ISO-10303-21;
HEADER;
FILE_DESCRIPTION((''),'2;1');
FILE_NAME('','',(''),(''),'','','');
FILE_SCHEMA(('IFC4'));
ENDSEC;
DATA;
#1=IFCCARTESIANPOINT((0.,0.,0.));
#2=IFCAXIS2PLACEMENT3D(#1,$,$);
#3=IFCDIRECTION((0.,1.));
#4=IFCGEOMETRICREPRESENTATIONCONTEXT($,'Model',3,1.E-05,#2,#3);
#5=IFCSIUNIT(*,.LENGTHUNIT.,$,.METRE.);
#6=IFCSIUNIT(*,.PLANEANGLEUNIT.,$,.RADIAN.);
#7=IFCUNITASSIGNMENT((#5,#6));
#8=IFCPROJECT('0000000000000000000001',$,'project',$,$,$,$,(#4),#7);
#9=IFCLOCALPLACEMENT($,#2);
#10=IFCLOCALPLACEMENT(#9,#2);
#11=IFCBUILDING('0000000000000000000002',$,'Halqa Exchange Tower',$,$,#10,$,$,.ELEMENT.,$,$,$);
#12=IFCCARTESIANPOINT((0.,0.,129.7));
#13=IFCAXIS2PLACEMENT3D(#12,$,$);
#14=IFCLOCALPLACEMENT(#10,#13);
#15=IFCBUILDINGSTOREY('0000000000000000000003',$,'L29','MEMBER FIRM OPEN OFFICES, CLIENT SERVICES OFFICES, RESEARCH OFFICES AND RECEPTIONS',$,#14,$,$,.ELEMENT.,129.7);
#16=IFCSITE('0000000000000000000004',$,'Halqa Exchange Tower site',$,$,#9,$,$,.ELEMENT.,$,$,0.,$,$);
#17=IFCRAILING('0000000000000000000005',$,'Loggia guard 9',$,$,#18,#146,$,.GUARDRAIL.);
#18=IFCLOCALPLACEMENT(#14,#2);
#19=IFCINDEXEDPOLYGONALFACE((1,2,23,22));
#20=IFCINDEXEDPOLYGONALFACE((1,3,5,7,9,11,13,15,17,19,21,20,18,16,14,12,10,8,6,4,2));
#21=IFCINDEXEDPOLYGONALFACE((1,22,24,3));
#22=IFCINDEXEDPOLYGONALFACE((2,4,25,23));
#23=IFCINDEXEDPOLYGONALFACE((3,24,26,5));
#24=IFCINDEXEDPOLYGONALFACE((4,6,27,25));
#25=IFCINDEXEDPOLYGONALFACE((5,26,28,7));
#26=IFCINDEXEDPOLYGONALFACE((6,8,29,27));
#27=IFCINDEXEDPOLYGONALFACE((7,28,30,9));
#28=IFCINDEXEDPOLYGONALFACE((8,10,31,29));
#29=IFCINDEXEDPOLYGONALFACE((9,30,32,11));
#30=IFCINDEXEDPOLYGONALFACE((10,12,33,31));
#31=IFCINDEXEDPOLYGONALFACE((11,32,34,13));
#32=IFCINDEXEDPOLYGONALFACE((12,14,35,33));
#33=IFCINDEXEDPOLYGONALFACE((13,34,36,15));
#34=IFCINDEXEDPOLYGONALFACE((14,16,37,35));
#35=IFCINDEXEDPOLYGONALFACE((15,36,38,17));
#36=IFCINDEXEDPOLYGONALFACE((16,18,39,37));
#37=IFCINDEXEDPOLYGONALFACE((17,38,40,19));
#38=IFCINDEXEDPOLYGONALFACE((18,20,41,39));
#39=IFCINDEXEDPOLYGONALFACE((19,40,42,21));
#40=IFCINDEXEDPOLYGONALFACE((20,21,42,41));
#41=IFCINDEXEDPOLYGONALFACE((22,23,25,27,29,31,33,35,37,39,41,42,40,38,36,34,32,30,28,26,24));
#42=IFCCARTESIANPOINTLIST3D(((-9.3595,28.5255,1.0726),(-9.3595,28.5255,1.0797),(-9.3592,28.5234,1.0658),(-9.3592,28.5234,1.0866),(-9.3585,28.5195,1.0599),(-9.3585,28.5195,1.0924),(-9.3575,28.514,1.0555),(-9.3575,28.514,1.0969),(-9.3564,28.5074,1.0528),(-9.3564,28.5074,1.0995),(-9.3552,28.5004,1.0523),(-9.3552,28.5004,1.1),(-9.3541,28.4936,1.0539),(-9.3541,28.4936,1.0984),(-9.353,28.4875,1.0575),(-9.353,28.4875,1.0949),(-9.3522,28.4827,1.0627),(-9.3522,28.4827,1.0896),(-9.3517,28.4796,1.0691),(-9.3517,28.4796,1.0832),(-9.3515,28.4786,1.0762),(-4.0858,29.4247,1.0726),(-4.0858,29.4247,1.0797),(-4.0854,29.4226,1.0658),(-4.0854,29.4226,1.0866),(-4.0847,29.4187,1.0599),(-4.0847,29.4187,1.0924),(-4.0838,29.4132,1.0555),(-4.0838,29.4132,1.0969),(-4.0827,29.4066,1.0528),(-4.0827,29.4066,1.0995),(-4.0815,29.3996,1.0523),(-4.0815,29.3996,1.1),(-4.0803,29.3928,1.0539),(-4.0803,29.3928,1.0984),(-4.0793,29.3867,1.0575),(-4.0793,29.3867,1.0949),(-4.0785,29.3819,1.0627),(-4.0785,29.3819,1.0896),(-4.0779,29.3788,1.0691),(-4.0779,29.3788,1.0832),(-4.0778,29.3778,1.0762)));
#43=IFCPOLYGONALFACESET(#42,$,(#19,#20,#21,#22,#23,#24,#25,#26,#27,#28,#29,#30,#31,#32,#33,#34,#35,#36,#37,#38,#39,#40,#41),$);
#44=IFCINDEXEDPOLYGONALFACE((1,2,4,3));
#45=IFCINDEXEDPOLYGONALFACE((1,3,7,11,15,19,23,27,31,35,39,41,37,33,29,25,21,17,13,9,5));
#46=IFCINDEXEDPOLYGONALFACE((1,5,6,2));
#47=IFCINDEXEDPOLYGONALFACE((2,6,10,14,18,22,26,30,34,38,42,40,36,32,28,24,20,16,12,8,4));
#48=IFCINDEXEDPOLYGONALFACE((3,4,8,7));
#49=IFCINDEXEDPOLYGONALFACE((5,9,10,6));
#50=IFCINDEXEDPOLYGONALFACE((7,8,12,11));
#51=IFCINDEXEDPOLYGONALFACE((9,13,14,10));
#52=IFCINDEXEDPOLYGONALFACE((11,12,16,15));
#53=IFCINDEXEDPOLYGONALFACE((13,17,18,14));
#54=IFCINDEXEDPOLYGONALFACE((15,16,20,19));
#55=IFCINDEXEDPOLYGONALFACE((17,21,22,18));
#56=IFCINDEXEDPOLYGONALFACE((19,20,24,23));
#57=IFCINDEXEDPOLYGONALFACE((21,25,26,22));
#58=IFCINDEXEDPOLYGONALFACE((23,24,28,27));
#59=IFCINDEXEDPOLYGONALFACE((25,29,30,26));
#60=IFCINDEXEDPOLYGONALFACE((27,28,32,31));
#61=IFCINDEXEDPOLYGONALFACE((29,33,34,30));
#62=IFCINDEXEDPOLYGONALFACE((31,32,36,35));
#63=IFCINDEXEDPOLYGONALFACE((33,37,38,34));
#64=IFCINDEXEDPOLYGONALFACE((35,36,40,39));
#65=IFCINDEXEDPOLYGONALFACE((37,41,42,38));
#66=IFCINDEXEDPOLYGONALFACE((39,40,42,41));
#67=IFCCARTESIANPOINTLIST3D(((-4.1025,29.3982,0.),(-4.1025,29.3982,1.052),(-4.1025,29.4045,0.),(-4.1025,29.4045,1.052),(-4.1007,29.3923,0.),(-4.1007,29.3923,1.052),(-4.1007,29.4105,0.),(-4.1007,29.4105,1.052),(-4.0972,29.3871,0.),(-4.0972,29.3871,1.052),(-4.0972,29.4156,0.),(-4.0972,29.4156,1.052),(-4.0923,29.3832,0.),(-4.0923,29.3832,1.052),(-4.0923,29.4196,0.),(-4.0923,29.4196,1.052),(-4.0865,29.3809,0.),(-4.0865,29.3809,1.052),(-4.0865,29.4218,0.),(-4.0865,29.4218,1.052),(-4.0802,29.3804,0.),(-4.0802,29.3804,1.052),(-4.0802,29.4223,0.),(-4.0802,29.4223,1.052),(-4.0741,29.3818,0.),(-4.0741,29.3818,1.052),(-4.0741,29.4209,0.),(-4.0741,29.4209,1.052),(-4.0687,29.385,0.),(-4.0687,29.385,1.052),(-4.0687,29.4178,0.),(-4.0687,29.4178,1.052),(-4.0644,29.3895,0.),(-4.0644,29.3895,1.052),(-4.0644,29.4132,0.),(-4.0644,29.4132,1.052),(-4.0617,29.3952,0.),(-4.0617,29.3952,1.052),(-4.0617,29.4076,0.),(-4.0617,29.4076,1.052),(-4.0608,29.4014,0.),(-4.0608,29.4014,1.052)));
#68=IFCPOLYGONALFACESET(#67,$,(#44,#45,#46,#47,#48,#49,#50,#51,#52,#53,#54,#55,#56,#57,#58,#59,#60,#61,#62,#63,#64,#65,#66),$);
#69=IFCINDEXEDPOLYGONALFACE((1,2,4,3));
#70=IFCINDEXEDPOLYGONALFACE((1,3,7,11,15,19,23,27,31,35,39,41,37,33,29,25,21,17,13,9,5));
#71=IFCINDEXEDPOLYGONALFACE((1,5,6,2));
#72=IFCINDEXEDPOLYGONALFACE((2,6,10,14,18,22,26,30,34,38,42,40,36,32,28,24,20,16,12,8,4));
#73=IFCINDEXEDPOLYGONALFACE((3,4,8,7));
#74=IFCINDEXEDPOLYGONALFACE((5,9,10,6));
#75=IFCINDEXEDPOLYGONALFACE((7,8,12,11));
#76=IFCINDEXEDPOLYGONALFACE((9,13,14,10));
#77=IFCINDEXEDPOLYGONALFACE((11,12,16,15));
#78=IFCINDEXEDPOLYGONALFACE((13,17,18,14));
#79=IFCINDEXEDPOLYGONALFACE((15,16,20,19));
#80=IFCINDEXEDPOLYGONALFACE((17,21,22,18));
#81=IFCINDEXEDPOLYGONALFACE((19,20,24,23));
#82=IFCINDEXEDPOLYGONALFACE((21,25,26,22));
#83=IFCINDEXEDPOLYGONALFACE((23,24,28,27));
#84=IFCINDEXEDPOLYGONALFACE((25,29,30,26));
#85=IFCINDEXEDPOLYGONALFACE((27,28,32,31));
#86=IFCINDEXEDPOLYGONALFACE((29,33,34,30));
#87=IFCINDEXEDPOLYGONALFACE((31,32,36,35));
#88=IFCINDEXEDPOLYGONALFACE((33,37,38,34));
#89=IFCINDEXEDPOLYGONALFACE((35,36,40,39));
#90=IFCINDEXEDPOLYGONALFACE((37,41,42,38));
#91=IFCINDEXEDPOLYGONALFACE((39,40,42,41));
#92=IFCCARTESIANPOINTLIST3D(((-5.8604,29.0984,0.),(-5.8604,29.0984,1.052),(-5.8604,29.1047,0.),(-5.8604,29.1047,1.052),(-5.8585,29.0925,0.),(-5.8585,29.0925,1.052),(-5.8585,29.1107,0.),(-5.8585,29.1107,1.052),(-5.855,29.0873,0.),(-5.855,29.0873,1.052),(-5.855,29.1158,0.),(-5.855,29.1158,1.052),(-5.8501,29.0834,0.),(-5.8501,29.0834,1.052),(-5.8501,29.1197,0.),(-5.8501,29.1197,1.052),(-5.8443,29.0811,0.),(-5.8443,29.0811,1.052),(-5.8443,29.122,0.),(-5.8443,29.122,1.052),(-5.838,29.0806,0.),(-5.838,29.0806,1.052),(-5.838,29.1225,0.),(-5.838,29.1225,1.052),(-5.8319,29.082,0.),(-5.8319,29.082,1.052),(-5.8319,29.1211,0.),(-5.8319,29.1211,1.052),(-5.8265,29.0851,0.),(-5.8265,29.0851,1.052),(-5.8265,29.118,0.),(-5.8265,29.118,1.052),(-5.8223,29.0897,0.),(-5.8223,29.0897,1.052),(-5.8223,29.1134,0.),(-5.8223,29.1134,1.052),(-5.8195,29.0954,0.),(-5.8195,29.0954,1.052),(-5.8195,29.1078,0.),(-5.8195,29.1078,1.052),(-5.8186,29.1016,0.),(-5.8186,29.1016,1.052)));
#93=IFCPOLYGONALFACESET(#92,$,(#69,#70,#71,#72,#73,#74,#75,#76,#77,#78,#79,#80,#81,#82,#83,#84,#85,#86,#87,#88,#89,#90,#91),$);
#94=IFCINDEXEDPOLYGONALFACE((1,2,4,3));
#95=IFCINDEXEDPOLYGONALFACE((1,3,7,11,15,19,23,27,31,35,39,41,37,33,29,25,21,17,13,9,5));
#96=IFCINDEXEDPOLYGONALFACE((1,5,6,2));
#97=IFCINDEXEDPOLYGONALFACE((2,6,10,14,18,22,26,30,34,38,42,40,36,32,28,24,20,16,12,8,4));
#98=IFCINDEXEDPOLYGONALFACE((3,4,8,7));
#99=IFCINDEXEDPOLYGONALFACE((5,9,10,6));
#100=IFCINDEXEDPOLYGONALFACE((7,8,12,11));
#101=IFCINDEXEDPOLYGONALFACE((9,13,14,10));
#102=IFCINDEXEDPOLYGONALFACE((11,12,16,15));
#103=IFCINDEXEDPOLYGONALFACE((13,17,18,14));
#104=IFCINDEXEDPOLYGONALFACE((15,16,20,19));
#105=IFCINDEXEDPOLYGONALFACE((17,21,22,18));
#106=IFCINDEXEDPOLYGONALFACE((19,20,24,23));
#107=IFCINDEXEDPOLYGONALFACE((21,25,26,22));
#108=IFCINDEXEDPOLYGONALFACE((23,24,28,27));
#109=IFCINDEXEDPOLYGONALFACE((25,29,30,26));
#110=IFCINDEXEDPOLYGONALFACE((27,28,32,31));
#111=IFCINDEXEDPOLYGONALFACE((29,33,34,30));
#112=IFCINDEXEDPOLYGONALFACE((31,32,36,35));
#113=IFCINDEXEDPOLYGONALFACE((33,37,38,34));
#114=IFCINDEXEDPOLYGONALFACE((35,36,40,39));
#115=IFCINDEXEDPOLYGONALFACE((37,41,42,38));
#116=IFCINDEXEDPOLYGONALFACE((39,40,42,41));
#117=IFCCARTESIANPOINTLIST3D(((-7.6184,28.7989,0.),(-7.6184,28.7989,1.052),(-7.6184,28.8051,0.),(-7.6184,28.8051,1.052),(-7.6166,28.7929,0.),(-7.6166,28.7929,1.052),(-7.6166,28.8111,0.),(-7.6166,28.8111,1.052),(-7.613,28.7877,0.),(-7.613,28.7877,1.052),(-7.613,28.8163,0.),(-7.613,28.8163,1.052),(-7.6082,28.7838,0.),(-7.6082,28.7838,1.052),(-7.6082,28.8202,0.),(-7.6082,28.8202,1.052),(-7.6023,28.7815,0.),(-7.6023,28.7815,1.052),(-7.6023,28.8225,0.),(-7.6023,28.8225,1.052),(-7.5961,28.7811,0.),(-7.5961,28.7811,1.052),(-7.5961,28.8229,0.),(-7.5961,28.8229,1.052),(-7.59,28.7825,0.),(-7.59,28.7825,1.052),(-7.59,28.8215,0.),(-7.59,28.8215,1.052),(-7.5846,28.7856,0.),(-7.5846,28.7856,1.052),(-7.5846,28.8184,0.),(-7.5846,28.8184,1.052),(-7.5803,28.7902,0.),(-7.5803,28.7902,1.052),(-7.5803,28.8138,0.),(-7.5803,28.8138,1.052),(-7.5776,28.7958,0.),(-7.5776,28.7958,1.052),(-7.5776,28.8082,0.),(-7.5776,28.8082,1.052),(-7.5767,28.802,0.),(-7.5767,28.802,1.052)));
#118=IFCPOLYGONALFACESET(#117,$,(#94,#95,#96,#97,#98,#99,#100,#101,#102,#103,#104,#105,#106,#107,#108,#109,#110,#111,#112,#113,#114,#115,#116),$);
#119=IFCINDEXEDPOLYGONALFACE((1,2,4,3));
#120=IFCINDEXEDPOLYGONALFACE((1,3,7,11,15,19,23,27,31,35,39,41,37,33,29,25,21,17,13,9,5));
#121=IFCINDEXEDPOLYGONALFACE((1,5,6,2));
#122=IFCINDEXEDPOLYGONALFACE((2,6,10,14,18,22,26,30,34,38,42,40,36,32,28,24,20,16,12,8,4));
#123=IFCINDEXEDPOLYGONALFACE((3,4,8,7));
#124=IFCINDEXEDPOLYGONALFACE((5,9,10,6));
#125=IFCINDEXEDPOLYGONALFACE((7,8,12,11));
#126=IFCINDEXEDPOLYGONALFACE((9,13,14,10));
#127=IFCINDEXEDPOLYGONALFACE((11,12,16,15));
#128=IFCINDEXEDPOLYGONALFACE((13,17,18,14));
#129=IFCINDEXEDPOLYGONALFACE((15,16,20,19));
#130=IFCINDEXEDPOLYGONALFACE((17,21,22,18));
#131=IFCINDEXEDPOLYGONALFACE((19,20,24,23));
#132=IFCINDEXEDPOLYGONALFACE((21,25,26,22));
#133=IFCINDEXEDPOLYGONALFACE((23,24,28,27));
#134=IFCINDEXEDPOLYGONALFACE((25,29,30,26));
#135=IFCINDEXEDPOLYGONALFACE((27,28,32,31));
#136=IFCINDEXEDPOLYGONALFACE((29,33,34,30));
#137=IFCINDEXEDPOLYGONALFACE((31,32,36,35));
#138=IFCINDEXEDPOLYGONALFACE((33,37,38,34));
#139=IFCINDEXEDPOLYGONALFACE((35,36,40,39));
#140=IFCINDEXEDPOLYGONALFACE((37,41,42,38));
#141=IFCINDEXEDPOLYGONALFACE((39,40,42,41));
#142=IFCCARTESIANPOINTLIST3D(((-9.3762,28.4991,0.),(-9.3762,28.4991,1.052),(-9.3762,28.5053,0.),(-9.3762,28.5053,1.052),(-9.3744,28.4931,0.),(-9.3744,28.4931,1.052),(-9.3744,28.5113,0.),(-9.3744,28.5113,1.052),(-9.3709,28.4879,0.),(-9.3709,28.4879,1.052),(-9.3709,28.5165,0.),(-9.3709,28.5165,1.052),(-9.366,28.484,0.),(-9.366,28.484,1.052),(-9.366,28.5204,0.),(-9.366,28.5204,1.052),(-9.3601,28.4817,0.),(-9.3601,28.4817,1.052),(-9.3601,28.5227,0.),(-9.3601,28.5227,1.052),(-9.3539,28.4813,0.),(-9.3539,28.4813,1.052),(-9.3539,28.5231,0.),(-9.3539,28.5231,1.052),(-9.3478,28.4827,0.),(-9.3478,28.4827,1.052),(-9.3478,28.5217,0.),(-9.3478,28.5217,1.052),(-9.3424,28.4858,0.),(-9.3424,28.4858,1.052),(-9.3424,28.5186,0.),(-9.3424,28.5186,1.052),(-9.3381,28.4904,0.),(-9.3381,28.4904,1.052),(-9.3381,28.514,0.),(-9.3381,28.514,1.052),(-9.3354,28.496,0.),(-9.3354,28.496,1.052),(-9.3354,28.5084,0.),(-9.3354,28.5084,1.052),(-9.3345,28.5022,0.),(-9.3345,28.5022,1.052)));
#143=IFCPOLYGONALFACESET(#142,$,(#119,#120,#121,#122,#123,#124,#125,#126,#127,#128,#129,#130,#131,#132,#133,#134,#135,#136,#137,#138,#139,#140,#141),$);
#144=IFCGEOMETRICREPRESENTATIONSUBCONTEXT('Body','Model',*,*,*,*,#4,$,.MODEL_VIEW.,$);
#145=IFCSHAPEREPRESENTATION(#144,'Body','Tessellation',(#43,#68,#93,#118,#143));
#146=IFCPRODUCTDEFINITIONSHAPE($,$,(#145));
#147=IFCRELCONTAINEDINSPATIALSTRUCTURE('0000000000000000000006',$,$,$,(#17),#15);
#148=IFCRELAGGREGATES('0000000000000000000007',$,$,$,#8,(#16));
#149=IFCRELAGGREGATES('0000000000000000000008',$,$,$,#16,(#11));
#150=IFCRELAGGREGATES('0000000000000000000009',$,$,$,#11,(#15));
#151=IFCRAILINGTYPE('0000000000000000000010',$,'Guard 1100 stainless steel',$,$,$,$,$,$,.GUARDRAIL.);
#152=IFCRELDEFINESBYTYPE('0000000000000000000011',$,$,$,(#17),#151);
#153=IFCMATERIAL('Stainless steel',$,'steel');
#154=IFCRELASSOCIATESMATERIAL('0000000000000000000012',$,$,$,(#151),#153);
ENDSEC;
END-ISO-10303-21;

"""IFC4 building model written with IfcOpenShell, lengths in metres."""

from ifc_helpers import new_model, si_unit, direction, frame, origin, origin_2d, place, context, subcontext, project, spatial, circle, extrude, material, type_object, element, save


model = new_model("IFC4")

# Units and contexts
model_context = context("Model", 3, precision=1e-05, world=origin(), true_north=direction((0.0, 1.0)))
body_context = subcontext(model_context, "Body", "Model", "MODEL_VIEW")
ifc_project = project(units=[si_unit("LENGTHUNIT", "METRE"), si_unit("PLANEANGLEUNIT", "RADIAN")], contexts=[model_context])

# Site, building, storey
site_placement = place(None, origin())
site = spatial("IfcSite", under=ifc_project, at=site_placement, Name="Halqa Exchange Tower site", CompositionType="ELEMENT", RefElevation=0.0)
building_placement = place(site_placement, origin())
building = spatial("IfcBuilding", under=site, at=building_placement, Name="Halqa Exchange Tower", CompositionType="ELEMENT")
storey_placement = place(building_placement, frame((0.0, 0.0, 129.7)))
storey = spatial("IfcBuildingStorey", under=building, at=storey_placement, Name="L29", Description="MEMBER FIRM OPEN OFFICES, CLIENT SERVICES OFFICES, RESEARCH OFFICES AND RECEPTIONS", CompositionType="ELEMENT", Elevation=129.7)

# Railing
ifc_material_1 = material(Name="Stainless steel", Category="steel")
railing_type_1 = type_object("IfcRailingType", Name="Guard 1100 stainless steel", PredefinedType="GUARDRAIL", material=ifc_material_1)
railing_1_placement = place(storey_placement, frame((-4.0818, 29.4014, 0.0)))
element("IfcRailing", 1, at=railing_1_placement, inside=storey, type_object=railing_type_1, Name="Loggia guard 9", PredefinedType="GUARDRAIL", context=body_context, shape_type="SweptSolid", body=[
    extrude(circle(Radius=0.0239, at=origin_2d()), frame((0.0, 0.0, 1.0762), z_axis=(-0.985774, -0.168076, 0.0), x_axis=(0.168076, -0.985774, 0.0)), (0.0, 0.0, 1.0), 5.3499),
    extrude(circle(Radius=0.021, at=origin_2d()), origin(), (0.0, 0.0, 1.0), 1.052),
    extrude(circle(Radius=0.021, at=origin_2d()), frame((-1.7578, -0.2998, 0.0)), (0.0, 0.0, 1.0), 1.052),
    extrude(circle(Radius=0.021, at=origin_2d()), frame((-3.5159, -0.5994, 0.0)), (0.0, 0.0, 1.0), 1.052),
    extrude(circle(Radius=0.021, at=origin_2d()), frame((-5.2737, -0.8992, 0.0)), (0.0, 0.0, 1.0), 1.052),
])

save(model, "model.ifc")
